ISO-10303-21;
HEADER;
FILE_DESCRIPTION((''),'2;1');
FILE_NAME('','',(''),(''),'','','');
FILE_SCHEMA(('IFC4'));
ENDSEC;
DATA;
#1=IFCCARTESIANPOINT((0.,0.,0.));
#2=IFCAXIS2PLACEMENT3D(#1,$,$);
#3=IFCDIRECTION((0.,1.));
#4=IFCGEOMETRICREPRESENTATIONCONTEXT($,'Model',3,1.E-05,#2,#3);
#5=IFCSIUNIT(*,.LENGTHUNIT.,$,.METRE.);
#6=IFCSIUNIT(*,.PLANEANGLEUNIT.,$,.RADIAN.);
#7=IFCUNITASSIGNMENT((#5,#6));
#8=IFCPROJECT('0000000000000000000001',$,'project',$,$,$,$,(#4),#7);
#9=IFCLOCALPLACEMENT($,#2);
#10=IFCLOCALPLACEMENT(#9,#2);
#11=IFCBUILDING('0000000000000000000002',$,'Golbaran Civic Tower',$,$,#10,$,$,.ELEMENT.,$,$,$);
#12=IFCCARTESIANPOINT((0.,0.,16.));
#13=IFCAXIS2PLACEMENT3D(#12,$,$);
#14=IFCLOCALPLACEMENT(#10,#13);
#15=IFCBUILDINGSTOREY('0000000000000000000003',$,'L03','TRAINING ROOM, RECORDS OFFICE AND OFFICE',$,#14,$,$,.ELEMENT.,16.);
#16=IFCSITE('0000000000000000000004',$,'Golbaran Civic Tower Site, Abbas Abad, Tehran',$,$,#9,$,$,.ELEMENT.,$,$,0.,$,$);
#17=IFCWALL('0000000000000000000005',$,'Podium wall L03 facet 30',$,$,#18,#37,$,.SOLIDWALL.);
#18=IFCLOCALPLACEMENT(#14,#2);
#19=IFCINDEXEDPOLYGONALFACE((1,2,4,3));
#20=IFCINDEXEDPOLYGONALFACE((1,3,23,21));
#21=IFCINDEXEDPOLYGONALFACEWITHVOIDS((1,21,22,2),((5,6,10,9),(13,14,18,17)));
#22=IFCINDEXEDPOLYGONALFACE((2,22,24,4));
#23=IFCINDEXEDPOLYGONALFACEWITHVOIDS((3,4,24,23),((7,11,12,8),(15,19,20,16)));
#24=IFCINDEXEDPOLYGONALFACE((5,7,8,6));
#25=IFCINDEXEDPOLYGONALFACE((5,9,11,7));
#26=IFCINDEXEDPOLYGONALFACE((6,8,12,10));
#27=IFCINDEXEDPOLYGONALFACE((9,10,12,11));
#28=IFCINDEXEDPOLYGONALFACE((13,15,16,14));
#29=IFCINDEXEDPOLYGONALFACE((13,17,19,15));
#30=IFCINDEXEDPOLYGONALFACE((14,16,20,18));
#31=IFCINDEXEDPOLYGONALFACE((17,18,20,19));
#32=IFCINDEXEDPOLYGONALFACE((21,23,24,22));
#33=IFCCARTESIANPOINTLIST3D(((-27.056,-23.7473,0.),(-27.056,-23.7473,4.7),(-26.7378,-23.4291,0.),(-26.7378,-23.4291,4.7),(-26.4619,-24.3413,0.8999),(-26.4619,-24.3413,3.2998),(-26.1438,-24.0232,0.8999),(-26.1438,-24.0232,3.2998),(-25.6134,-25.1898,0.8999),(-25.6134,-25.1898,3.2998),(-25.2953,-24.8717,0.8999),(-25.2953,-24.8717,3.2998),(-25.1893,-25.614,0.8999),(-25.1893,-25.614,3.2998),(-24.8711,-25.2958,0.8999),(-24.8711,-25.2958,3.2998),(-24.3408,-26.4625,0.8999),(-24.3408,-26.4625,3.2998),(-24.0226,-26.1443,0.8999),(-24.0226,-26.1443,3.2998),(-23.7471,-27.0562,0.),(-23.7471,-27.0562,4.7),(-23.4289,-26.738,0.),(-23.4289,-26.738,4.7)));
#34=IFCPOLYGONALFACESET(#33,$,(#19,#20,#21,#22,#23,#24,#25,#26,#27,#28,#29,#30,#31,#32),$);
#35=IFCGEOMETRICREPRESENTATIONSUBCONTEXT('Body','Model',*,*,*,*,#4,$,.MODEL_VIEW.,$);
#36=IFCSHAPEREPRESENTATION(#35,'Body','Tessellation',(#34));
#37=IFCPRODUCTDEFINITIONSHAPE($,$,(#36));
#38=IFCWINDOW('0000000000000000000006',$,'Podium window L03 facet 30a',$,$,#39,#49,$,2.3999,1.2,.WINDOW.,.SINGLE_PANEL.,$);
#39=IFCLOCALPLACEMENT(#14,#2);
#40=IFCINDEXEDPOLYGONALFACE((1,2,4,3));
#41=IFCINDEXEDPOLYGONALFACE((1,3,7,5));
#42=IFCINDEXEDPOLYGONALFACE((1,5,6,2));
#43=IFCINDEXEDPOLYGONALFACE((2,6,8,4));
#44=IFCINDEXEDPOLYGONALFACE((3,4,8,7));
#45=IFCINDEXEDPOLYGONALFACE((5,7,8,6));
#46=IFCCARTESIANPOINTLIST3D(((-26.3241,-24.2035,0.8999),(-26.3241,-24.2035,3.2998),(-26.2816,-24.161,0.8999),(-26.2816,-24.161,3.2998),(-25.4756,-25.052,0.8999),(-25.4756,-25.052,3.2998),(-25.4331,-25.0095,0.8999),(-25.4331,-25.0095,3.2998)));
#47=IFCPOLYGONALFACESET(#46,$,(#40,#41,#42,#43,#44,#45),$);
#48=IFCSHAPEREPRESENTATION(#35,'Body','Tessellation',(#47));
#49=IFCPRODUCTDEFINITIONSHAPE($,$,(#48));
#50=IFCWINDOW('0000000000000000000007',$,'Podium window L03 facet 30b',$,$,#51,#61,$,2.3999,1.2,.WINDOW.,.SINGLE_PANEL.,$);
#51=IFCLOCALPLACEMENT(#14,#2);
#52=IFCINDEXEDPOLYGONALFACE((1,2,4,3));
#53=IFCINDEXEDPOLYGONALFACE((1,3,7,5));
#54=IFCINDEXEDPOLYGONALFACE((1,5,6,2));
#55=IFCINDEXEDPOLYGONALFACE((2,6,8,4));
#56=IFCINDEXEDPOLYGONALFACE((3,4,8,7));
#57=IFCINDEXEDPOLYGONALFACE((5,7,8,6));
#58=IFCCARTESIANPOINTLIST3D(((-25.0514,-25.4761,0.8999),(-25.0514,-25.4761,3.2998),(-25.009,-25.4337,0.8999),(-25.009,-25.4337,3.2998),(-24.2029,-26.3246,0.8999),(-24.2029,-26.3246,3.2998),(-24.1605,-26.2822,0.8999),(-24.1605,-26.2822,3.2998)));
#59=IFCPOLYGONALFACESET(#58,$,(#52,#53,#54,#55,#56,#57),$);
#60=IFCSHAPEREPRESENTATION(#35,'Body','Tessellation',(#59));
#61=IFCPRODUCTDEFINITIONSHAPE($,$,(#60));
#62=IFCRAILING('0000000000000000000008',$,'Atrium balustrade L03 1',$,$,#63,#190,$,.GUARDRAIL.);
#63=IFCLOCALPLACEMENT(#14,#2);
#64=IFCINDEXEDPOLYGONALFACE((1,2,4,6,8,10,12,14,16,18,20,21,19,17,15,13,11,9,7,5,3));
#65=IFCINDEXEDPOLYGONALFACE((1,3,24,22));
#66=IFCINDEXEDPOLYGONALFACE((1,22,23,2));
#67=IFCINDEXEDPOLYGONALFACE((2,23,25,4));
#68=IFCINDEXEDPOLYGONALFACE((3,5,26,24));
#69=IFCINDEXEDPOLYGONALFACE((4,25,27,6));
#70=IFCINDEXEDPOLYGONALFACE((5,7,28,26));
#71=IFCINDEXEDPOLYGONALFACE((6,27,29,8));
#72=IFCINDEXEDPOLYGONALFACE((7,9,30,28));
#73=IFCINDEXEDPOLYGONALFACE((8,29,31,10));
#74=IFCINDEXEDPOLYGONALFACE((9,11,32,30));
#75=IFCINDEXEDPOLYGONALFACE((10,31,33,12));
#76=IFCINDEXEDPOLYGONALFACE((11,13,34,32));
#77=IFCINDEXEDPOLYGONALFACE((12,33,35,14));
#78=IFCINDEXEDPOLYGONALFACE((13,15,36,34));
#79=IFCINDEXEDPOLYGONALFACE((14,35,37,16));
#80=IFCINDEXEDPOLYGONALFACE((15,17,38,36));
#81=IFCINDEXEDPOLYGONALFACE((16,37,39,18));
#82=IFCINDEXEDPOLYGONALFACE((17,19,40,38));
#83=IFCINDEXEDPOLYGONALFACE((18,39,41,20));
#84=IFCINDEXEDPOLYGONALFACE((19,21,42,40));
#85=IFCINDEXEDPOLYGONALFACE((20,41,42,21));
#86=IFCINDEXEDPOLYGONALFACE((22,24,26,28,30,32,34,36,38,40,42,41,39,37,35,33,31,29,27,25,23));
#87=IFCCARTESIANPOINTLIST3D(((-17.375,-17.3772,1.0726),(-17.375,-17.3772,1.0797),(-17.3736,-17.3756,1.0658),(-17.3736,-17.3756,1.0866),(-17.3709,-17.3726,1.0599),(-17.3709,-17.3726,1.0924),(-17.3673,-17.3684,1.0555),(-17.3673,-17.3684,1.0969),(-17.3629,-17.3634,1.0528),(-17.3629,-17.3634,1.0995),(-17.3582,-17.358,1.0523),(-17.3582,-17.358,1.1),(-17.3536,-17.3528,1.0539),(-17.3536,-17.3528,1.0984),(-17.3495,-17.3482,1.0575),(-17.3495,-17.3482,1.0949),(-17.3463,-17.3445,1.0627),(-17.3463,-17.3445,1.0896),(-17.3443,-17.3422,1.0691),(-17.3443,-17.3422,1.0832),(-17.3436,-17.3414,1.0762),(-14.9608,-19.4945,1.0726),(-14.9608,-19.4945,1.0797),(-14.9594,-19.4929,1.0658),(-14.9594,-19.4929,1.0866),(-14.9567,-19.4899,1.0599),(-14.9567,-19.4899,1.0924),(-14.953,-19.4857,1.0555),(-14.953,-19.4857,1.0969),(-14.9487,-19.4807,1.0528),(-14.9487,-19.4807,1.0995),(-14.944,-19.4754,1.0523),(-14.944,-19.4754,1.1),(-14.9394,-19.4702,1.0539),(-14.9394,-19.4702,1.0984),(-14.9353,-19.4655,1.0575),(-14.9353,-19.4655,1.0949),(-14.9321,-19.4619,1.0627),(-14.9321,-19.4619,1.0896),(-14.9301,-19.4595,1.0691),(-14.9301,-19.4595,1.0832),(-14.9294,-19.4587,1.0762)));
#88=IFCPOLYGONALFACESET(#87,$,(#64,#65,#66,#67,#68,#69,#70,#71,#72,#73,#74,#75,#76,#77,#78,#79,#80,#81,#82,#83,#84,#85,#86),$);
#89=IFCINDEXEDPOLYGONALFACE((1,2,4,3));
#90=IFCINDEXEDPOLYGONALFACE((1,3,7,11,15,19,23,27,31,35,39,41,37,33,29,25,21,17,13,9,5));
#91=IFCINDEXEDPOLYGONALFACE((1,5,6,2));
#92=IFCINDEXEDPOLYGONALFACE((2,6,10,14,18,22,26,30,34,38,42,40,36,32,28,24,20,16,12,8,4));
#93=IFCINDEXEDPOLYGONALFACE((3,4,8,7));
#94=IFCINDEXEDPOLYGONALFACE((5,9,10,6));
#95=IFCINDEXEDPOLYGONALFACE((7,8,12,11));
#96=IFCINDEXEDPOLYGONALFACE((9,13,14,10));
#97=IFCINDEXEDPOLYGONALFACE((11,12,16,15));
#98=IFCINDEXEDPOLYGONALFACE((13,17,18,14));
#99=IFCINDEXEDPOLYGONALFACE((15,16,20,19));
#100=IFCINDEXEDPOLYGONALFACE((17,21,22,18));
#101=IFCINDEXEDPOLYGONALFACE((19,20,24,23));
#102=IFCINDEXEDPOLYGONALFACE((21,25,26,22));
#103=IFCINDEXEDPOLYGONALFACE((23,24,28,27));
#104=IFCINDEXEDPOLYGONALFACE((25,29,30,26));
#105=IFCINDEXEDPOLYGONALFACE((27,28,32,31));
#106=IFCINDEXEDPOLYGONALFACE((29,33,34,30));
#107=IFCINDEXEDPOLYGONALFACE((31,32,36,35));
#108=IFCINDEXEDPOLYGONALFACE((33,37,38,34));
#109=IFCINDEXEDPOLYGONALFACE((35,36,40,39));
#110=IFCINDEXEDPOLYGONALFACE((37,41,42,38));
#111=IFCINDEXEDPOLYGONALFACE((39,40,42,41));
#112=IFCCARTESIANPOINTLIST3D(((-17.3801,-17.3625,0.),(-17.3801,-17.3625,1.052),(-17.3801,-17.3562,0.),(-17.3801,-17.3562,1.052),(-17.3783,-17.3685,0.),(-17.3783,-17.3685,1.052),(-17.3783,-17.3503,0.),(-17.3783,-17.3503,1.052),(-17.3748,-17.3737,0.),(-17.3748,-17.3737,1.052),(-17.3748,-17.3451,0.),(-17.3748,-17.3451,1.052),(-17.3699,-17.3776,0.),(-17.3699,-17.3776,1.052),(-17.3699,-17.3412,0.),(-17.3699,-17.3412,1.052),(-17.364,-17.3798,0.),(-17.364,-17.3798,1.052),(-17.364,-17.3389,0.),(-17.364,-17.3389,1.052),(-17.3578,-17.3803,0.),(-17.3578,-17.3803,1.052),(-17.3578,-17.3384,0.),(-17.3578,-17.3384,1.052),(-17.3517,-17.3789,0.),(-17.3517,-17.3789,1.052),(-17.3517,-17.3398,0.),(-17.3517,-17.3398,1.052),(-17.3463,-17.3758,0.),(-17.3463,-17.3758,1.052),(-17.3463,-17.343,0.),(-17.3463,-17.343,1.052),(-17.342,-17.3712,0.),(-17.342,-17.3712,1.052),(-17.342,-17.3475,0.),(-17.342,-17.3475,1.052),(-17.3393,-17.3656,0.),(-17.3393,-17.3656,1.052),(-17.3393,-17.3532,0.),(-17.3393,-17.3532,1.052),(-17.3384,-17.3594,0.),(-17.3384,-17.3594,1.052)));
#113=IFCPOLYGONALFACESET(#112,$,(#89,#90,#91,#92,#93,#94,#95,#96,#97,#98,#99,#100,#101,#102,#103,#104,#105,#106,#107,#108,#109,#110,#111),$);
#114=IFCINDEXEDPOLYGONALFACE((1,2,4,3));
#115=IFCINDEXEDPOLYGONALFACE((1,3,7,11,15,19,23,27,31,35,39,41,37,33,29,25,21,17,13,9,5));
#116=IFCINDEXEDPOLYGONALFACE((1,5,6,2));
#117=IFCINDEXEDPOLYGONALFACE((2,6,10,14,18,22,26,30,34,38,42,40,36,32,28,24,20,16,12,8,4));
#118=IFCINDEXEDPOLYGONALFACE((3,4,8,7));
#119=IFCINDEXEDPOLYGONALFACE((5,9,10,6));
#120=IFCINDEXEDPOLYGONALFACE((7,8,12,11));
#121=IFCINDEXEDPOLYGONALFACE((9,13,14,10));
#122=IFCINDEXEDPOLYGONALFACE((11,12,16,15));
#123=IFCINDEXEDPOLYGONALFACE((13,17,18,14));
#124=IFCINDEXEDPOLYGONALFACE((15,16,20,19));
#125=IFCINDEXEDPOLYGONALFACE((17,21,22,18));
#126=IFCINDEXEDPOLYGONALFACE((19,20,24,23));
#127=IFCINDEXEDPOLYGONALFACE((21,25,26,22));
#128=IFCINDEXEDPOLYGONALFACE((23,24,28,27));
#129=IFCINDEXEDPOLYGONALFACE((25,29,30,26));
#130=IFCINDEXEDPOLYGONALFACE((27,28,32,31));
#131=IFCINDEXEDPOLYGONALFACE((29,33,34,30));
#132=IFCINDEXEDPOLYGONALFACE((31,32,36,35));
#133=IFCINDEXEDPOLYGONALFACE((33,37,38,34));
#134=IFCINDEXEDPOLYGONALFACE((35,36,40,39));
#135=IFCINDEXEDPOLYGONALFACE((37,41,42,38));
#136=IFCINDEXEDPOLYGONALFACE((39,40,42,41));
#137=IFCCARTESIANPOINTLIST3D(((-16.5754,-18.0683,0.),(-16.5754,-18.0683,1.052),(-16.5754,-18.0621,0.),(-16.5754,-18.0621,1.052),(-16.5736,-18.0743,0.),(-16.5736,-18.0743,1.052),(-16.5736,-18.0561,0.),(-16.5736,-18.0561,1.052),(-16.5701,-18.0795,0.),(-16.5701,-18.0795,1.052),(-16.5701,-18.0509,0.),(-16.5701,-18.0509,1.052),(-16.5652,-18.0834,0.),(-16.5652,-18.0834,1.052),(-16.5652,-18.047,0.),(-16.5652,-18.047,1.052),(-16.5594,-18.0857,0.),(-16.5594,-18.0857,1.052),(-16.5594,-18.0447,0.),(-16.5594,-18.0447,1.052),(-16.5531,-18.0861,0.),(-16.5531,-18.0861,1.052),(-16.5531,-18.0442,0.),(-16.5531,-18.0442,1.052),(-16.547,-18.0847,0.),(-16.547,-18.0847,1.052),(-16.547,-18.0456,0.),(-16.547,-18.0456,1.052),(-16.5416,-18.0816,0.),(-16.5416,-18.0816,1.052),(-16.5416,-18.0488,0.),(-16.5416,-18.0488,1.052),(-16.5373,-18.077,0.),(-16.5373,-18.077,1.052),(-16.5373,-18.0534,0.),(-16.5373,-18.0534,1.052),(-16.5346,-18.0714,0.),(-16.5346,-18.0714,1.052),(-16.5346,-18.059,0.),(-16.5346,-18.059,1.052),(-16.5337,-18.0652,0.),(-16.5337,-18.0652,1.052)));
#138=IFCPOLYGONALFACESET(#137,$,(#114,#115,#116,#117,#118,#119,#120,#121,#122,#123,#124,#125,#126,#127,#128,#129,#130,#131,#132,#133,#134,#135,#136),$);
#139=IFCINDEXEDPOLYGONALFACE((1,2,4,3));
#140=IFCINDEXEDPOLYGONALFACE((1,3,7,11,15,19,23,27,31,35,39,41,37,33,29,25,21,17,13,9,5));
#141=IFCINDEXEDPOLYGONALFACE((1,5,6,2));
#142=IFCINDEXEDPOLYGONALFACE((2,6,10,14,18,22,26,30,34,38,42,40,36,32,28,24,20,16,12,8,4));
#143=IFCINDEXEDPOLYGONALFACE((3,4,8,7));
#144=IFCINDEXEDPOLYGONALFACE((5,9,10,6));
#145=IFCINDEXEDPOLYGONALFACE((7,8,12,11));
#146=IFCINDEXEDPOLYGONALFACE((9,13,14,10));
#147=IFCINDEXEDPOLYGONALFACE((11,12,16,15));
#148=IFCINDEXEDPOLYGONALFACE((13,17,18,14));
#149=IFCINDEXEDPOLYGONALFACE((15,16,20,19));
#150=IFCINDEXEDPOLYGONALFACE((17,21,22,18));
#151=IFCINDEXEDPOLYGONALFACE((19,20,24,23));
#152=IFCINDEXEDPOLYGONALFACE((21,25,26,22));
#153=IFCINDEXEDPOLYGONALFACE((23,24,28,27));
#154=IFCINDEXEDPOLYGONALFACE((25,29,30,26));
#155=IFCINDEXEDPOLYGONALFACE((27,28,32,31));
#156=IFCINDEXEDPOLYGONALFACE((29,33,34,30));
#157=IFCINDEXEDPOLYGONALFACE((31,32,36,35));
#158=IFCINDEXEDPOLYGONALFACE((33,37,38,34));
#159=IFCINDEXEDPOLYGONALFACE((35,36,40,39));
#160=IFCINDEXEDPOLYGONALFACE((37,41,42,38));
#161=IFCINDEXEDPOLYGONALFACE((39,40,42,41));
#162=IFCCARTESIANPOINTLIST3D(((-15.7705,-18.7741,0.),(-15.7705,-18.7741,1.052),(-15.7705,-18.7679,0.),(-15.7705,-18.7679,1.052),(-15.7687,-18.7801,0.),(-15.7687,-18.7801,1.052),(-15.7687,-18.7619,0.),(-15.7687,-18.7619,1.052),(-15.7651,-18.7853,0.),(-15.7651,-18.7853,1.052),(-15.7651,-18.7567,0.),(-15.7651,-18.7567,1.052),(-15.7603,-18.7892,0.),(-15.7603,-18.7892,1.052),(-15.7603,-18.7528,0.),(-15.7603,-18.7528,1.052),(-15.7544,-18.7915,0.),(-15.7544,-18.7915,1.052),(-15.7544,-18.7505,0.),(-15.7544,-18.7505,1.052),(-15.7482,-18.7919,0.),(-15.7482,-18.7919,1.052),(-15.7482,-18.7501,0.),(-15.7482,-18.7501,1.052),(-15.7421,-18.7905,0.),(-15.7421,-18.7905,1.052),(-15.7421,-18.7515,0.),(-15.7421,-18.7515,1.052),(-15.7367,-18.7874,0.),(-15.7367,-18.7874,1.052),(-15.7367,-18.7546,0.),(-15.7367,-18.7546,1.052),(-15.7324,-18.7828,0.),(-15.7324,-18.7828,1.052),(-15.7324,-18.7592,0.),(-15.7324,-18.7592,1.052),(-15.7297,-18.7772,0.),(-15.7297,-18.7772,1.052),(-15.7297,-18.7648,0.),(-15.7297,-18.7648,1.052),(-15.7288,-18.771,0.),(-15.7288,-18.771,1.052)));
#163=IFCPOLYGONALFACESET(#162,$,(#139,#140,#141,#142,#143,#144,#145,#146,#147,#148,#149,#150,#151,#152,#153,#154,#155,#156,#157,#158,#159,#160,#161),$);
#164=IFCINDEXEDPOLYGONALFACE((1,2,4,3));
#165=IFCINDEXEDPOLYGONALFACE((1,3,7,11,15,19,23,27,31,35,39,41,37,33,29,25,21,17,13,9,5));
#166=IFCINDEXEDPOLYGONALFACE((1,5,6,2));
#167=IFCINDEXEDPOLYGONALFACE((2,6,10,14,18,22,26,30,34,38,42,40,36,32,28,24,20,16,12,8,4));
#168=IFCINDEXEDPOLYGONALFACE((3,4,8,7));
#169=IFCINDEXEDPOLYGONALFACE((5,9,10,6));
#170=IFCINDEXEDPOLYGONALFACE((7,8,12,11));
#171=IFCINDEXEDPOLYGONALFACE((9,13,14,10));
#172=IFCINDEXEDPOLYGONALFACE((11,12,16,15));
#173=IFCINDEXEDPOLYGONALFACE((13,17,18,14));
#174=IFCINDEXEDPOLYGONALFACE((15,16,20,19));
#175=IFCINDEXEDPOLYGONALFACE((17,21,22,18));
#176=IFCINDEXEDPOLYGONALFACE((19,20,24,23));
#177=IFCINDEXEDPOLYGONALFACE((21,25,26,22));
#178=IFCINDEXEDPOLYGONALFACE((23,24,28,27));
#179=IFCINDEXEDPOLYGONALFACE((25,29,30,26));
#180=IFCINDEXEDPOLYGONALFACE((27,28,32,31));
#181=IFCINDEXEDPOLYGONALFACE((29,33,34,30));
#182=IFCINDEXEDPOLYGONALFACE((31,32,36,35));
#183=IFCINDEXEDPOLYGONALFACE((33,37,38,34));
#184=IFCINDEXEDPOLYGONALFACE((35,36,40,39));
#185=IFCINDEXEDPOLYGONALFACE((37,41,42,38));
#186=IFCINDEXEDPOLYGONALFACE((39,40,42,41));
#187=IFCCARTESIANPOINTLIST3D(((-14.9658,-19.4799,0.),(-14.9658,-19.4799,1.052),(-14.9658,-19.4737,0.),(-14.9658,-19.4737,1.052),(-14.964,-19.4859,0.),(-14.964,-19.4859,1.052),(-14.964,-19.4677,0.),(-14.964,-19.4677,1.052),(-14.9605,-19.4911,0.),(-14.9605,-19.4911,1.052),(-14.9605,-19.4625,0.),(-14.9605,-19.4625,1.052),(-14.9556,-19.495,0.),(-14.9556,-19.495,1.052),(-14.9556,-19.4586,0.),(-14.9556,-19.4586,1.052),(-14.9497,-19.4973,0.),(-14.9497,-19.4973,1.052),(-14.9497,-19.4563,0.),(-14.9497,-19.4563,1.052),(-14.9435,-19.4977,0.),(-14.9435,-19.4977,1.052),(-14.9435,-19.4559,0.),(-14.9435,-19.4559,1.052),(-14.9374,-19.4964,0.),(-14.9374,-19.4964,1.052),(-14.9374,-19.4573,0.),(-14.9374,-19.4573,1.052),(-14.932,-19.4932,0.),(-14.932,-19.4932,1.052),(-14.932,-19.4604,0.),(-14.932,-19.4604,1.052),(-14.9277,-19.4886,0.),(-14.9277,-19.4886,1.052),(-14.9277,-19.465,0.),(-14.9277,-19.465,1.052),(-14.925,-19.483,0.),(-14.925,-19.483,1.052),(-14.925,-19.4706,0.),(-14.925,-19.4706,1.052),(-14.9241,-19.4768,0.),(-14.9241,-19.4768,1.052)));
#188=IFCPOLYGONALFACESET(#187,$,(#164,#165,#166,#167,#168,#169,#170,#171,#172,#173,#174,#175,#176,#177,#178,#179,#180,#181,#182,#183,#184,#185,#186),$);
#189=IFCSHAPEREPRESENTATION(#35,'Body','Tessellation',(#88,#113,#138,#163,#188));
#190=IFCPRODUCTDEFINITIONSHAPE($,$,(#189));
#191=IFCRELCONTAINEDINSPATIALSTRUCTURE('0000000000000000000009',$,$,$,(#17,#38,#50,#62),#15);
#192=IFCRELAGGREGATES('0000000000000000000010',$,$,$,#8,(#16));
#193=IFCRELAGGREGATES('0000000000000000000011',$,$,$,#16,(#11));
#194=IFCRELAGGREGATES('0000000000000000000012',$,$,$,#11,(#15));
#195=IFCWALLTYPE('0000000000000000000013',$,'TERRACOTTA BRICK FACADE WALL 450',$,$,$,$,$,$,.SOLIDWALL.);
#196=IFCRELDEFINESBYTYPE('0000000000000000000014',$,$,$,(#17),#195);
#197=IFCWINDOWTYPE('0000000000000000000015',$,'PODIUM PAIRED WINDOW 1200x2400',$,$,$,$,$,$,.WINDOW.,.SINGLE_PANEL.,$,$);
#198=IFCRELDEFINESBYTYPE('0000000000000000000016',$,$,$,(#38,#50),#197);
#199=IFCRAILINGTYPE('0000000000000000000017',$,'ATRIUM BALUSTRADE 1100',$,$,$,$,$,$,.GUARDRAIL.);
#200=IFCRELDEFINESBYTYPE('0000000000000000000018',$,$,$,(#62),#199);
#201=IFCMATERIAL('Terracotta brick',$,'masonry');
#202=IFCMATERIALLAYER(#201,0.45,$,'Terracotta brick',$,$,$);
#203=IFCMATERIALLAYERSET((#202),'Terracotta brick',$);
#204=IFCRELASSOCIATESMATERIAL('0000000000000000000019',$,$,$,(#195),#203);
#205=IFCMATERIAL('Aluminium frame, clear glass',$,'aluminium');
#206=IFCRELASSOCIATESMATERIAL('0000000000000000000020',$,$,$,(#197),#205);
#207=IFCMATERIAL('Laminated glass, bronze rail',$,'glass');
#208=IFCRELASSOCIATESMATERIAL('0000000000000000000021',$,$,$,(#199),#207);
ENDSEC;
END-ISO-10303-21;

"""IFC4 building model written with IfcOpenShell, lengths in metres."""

from ifc_helpers import new_model, si_unit, direction, frame, frame_2d, origin, origin_2d, place, context, subcontext, project, spatial, rectangle, circle, extrude, material, layer, layer_set, type_object, element, fill, save


model = new_model("IFC4")

# Units and contexts
model_context = context("Model", 3, precision=1e-05, world=origin(), true_north=direction((0.0, 1.0)))
body_context = subcontext(model_context, "Body", "Model", "MODEL_VIEW")
ifc_project = project(units=[si_unit("LENGTHUNIT", "METRE"), si_unit("PLANEANGLEUNIT", "RADIAN")], contexts=[model_context])

# Site, building, storey
site_placement = place(None, origin())
site = spatial("IfcSite", under=ifc_project, at=site_placement, Name="Golbaran Civic Tower Site, Abbas Abad, Tehran", CompositionType="ELEMENT", RefElevation=0.0)
building_placement = place(site_placement, origin())
building = spatial("IfcBuilding", under=site, at=building_placement, Name="Golbaran Civic Tower", CompositionType="ELEMENT")
storey_placement = place(building_placement, frame((0.0, 0.0, 16.0)))
storey = spatial("IfcBuildingStorey", under=building, at=storey_placement, Name="L03", Description="TRAINING ROOM, RECORDS OFFICE AND OFFICE", CompositionType="ELEMENT", Elevation=16.0)

# Shared definitions
ifc_material_1 = material(Name="Terracotta brick", Category="masonry")
ifc_layer_1 = layer(ifc_material_1, 0.45, Name="Terracotta brick")
ifc_layer_set_1 = layer_set([ifc_layer_1], Name="Terracotta brick")
wall_type_1 = type_object("IfcWallType", Name="TERRACOTTA BRICK FACADE WALL 450", PredefinedType="SOLIDWALL", material=ifc_layer_set_1)
ifc_material_2 = material(Name="Aluminium frame, clear glass", Category="aluminium")

# Wall, openings, windows
wall_1_placement = place(storey_placement, frame((-26.897, -23.5881, 0.0), z_axis=(0.0, 0.0, 1.0), x_axis=(0.707107, -0.707107, 0.0)))
wall_1 = element("IfcWall", 1, at=wall_1_placement, inside=storey, type_object=wall_type_1, Name="Podium wall L03 facet 30", PredefinedType="SOLIDWALL", context=body_context, shape_type="SweptSolid", body=[
    extrude(rectangle(XDim=4.6794, YDim=0.45, at=frame_2d((2.3398, 0.0))), origin(), (0.0, 0.0, 1.0), 4.7),
])
opening_1_placement = place(wall_1_placement, frame((0.8401, 0.0, 0.8999)))
opening_1 = element("IfcOpeningElement", 2, at=opening_1_placement, cuts=wall_1, PredefinedType="OPENING", context=body_context, shape_type="SweptSolid", body=[
    extrude(rectangle(XDim=1.2, YDim=2.3999, at=frame_2d((0.6001, 1.2))), frame((0.0, 0.2349, 0.0), z_axis=(0.0, -1.0, 0.0), x_axis=(1.0, 0.0, 0.0)), (0.0, 0.0, 1.0), 0.47),
])
opening_2_placement = place(wall_1_placement, frame((2.6399, 0.0, 0.8999)))
opening_2 = element("IfcOpeningElement", 3, at=opening_2_placement, cuts=wall_1, PredefinedType="OPENING", context=body_context, shape_type="SweptSolid", body=[
    extrude(rectangle(XDim=1.2, YDim=2.3999, at=frame_2d((0.6001, 1.2))), frame((0.0, 0.2349, 0.0), z_axis=(0.0, -1.0, 0.0), x_axis=(1.0, 0.0, 0.0)), (0.0, 0.0, 1.0), 0.47),
])
window_type_1 = type_object("IfcWindowType", Name="PODIUM PAIRED WINDOW 1200x2400", PartitioningType="SINGLE_PANEL", PredefinedType="WINDOW", material=ifc_material_2)
window_1_placement = place(opening_1_placement, origin())
window_1 = element("IfcWindow", 4, at=window_1_placement, inside=storey, type_object=window_type_1, Name="Podium window L03 facet 30a", OverallHeight=2.3999, OverallWidth=1.2, PartitioningType="SINGLE_PANEL", PredefinedType="WINDOW", context=body_context, shape_type="SweptSolid", body=[
    extrude(rectangle(XDim=1.2, YDim=2.3999, at=frame_2d((0.6001, 1.2))), frame((0.0, 0.03, 0.0), z_axis=(0.0, -1.0, 0.0), x_axis=(1.0, 0.0, 0.0)), (0.0, 0.0, 1.0), 0.0601),
])
fill(opening_1, window_1)
window_2_placement = place(opening_2_placement, origin())
window_2 = element("IfcWindow", 5, at=window_2_placement, inside=storey, type_object=window_type_1, Name="Podium window L03 facet 30b", OverallHeight=2.3999, OverallWidth=1.2, PartitioningType="SINGLE_PANEL", PredefinedType="WINDOW", context=body_context, shape_type="SweptSolid", body=[
    extrude(rectangle(XDim=1.2, YDim=2.3999, at=frame_2d((0.6001, 1.2))), frame((0.0, 0.03, 0.0), z_axis=(0.0, -1.0, 0.0), x_axis=(1.0, 0.0, 0.0)), (0.0, 0.0, 1.0), 0.0601),
])
fill(opening_2, window_2)

# Railing
ifc_material_3 = material(Name="Laminated glass, bronze rail", Category="glass")
railing_type = type_object("IfcRailingType", Name="ATRIUM BALUSTRADE 1100", PredefinedType="GUARDRAIL", material=ifc_material_3)
railing_1_placement = place(storey_placement, frame((-17.3594, -17.3594, 0.0)))
element("IfcRailing", 6, at=railing_1_placement, inside=storey, type_object=railing_type, Name="Atrium balustrade L03 1", PredefinedType="GUARDRAIL", context=body_context, shape_type="SweptSolid", body=[
    extrude(circle(Radius=0.0239, at=origin_2d()), frame((0.0, 0.0, 1.0762), z_axis=(0.751818, -0.659371, 0.0), x_axis=(0.659371, 0.751818, 0.0)), (0.0, 0.0, 1.0), 3.2112),
    extrude(circle(Radius=0.021, at=origin_2d()), origin(), (0.0, 0.0, 1.0), 1.052),
    extrude(circle(Radius=0.021, at=origin_2d()), frame((0.8047, -0.7058, 0.0)), (0.0, 0.0, 1.0), 1.052),
    extrude(circle(Radius=0.021, at=origin_2d()), frame((1.6096, -1.4116, 0.0)), (0.0, 0.0, 1.0), 1.052),
    extrude(circle(Radius=0.021, at=origin_2d()), frame((2.4143, -2.1174, 0.0)), (0.0, 0.0, 1.0), 1.052),
])

save(model, "model.ifc")
